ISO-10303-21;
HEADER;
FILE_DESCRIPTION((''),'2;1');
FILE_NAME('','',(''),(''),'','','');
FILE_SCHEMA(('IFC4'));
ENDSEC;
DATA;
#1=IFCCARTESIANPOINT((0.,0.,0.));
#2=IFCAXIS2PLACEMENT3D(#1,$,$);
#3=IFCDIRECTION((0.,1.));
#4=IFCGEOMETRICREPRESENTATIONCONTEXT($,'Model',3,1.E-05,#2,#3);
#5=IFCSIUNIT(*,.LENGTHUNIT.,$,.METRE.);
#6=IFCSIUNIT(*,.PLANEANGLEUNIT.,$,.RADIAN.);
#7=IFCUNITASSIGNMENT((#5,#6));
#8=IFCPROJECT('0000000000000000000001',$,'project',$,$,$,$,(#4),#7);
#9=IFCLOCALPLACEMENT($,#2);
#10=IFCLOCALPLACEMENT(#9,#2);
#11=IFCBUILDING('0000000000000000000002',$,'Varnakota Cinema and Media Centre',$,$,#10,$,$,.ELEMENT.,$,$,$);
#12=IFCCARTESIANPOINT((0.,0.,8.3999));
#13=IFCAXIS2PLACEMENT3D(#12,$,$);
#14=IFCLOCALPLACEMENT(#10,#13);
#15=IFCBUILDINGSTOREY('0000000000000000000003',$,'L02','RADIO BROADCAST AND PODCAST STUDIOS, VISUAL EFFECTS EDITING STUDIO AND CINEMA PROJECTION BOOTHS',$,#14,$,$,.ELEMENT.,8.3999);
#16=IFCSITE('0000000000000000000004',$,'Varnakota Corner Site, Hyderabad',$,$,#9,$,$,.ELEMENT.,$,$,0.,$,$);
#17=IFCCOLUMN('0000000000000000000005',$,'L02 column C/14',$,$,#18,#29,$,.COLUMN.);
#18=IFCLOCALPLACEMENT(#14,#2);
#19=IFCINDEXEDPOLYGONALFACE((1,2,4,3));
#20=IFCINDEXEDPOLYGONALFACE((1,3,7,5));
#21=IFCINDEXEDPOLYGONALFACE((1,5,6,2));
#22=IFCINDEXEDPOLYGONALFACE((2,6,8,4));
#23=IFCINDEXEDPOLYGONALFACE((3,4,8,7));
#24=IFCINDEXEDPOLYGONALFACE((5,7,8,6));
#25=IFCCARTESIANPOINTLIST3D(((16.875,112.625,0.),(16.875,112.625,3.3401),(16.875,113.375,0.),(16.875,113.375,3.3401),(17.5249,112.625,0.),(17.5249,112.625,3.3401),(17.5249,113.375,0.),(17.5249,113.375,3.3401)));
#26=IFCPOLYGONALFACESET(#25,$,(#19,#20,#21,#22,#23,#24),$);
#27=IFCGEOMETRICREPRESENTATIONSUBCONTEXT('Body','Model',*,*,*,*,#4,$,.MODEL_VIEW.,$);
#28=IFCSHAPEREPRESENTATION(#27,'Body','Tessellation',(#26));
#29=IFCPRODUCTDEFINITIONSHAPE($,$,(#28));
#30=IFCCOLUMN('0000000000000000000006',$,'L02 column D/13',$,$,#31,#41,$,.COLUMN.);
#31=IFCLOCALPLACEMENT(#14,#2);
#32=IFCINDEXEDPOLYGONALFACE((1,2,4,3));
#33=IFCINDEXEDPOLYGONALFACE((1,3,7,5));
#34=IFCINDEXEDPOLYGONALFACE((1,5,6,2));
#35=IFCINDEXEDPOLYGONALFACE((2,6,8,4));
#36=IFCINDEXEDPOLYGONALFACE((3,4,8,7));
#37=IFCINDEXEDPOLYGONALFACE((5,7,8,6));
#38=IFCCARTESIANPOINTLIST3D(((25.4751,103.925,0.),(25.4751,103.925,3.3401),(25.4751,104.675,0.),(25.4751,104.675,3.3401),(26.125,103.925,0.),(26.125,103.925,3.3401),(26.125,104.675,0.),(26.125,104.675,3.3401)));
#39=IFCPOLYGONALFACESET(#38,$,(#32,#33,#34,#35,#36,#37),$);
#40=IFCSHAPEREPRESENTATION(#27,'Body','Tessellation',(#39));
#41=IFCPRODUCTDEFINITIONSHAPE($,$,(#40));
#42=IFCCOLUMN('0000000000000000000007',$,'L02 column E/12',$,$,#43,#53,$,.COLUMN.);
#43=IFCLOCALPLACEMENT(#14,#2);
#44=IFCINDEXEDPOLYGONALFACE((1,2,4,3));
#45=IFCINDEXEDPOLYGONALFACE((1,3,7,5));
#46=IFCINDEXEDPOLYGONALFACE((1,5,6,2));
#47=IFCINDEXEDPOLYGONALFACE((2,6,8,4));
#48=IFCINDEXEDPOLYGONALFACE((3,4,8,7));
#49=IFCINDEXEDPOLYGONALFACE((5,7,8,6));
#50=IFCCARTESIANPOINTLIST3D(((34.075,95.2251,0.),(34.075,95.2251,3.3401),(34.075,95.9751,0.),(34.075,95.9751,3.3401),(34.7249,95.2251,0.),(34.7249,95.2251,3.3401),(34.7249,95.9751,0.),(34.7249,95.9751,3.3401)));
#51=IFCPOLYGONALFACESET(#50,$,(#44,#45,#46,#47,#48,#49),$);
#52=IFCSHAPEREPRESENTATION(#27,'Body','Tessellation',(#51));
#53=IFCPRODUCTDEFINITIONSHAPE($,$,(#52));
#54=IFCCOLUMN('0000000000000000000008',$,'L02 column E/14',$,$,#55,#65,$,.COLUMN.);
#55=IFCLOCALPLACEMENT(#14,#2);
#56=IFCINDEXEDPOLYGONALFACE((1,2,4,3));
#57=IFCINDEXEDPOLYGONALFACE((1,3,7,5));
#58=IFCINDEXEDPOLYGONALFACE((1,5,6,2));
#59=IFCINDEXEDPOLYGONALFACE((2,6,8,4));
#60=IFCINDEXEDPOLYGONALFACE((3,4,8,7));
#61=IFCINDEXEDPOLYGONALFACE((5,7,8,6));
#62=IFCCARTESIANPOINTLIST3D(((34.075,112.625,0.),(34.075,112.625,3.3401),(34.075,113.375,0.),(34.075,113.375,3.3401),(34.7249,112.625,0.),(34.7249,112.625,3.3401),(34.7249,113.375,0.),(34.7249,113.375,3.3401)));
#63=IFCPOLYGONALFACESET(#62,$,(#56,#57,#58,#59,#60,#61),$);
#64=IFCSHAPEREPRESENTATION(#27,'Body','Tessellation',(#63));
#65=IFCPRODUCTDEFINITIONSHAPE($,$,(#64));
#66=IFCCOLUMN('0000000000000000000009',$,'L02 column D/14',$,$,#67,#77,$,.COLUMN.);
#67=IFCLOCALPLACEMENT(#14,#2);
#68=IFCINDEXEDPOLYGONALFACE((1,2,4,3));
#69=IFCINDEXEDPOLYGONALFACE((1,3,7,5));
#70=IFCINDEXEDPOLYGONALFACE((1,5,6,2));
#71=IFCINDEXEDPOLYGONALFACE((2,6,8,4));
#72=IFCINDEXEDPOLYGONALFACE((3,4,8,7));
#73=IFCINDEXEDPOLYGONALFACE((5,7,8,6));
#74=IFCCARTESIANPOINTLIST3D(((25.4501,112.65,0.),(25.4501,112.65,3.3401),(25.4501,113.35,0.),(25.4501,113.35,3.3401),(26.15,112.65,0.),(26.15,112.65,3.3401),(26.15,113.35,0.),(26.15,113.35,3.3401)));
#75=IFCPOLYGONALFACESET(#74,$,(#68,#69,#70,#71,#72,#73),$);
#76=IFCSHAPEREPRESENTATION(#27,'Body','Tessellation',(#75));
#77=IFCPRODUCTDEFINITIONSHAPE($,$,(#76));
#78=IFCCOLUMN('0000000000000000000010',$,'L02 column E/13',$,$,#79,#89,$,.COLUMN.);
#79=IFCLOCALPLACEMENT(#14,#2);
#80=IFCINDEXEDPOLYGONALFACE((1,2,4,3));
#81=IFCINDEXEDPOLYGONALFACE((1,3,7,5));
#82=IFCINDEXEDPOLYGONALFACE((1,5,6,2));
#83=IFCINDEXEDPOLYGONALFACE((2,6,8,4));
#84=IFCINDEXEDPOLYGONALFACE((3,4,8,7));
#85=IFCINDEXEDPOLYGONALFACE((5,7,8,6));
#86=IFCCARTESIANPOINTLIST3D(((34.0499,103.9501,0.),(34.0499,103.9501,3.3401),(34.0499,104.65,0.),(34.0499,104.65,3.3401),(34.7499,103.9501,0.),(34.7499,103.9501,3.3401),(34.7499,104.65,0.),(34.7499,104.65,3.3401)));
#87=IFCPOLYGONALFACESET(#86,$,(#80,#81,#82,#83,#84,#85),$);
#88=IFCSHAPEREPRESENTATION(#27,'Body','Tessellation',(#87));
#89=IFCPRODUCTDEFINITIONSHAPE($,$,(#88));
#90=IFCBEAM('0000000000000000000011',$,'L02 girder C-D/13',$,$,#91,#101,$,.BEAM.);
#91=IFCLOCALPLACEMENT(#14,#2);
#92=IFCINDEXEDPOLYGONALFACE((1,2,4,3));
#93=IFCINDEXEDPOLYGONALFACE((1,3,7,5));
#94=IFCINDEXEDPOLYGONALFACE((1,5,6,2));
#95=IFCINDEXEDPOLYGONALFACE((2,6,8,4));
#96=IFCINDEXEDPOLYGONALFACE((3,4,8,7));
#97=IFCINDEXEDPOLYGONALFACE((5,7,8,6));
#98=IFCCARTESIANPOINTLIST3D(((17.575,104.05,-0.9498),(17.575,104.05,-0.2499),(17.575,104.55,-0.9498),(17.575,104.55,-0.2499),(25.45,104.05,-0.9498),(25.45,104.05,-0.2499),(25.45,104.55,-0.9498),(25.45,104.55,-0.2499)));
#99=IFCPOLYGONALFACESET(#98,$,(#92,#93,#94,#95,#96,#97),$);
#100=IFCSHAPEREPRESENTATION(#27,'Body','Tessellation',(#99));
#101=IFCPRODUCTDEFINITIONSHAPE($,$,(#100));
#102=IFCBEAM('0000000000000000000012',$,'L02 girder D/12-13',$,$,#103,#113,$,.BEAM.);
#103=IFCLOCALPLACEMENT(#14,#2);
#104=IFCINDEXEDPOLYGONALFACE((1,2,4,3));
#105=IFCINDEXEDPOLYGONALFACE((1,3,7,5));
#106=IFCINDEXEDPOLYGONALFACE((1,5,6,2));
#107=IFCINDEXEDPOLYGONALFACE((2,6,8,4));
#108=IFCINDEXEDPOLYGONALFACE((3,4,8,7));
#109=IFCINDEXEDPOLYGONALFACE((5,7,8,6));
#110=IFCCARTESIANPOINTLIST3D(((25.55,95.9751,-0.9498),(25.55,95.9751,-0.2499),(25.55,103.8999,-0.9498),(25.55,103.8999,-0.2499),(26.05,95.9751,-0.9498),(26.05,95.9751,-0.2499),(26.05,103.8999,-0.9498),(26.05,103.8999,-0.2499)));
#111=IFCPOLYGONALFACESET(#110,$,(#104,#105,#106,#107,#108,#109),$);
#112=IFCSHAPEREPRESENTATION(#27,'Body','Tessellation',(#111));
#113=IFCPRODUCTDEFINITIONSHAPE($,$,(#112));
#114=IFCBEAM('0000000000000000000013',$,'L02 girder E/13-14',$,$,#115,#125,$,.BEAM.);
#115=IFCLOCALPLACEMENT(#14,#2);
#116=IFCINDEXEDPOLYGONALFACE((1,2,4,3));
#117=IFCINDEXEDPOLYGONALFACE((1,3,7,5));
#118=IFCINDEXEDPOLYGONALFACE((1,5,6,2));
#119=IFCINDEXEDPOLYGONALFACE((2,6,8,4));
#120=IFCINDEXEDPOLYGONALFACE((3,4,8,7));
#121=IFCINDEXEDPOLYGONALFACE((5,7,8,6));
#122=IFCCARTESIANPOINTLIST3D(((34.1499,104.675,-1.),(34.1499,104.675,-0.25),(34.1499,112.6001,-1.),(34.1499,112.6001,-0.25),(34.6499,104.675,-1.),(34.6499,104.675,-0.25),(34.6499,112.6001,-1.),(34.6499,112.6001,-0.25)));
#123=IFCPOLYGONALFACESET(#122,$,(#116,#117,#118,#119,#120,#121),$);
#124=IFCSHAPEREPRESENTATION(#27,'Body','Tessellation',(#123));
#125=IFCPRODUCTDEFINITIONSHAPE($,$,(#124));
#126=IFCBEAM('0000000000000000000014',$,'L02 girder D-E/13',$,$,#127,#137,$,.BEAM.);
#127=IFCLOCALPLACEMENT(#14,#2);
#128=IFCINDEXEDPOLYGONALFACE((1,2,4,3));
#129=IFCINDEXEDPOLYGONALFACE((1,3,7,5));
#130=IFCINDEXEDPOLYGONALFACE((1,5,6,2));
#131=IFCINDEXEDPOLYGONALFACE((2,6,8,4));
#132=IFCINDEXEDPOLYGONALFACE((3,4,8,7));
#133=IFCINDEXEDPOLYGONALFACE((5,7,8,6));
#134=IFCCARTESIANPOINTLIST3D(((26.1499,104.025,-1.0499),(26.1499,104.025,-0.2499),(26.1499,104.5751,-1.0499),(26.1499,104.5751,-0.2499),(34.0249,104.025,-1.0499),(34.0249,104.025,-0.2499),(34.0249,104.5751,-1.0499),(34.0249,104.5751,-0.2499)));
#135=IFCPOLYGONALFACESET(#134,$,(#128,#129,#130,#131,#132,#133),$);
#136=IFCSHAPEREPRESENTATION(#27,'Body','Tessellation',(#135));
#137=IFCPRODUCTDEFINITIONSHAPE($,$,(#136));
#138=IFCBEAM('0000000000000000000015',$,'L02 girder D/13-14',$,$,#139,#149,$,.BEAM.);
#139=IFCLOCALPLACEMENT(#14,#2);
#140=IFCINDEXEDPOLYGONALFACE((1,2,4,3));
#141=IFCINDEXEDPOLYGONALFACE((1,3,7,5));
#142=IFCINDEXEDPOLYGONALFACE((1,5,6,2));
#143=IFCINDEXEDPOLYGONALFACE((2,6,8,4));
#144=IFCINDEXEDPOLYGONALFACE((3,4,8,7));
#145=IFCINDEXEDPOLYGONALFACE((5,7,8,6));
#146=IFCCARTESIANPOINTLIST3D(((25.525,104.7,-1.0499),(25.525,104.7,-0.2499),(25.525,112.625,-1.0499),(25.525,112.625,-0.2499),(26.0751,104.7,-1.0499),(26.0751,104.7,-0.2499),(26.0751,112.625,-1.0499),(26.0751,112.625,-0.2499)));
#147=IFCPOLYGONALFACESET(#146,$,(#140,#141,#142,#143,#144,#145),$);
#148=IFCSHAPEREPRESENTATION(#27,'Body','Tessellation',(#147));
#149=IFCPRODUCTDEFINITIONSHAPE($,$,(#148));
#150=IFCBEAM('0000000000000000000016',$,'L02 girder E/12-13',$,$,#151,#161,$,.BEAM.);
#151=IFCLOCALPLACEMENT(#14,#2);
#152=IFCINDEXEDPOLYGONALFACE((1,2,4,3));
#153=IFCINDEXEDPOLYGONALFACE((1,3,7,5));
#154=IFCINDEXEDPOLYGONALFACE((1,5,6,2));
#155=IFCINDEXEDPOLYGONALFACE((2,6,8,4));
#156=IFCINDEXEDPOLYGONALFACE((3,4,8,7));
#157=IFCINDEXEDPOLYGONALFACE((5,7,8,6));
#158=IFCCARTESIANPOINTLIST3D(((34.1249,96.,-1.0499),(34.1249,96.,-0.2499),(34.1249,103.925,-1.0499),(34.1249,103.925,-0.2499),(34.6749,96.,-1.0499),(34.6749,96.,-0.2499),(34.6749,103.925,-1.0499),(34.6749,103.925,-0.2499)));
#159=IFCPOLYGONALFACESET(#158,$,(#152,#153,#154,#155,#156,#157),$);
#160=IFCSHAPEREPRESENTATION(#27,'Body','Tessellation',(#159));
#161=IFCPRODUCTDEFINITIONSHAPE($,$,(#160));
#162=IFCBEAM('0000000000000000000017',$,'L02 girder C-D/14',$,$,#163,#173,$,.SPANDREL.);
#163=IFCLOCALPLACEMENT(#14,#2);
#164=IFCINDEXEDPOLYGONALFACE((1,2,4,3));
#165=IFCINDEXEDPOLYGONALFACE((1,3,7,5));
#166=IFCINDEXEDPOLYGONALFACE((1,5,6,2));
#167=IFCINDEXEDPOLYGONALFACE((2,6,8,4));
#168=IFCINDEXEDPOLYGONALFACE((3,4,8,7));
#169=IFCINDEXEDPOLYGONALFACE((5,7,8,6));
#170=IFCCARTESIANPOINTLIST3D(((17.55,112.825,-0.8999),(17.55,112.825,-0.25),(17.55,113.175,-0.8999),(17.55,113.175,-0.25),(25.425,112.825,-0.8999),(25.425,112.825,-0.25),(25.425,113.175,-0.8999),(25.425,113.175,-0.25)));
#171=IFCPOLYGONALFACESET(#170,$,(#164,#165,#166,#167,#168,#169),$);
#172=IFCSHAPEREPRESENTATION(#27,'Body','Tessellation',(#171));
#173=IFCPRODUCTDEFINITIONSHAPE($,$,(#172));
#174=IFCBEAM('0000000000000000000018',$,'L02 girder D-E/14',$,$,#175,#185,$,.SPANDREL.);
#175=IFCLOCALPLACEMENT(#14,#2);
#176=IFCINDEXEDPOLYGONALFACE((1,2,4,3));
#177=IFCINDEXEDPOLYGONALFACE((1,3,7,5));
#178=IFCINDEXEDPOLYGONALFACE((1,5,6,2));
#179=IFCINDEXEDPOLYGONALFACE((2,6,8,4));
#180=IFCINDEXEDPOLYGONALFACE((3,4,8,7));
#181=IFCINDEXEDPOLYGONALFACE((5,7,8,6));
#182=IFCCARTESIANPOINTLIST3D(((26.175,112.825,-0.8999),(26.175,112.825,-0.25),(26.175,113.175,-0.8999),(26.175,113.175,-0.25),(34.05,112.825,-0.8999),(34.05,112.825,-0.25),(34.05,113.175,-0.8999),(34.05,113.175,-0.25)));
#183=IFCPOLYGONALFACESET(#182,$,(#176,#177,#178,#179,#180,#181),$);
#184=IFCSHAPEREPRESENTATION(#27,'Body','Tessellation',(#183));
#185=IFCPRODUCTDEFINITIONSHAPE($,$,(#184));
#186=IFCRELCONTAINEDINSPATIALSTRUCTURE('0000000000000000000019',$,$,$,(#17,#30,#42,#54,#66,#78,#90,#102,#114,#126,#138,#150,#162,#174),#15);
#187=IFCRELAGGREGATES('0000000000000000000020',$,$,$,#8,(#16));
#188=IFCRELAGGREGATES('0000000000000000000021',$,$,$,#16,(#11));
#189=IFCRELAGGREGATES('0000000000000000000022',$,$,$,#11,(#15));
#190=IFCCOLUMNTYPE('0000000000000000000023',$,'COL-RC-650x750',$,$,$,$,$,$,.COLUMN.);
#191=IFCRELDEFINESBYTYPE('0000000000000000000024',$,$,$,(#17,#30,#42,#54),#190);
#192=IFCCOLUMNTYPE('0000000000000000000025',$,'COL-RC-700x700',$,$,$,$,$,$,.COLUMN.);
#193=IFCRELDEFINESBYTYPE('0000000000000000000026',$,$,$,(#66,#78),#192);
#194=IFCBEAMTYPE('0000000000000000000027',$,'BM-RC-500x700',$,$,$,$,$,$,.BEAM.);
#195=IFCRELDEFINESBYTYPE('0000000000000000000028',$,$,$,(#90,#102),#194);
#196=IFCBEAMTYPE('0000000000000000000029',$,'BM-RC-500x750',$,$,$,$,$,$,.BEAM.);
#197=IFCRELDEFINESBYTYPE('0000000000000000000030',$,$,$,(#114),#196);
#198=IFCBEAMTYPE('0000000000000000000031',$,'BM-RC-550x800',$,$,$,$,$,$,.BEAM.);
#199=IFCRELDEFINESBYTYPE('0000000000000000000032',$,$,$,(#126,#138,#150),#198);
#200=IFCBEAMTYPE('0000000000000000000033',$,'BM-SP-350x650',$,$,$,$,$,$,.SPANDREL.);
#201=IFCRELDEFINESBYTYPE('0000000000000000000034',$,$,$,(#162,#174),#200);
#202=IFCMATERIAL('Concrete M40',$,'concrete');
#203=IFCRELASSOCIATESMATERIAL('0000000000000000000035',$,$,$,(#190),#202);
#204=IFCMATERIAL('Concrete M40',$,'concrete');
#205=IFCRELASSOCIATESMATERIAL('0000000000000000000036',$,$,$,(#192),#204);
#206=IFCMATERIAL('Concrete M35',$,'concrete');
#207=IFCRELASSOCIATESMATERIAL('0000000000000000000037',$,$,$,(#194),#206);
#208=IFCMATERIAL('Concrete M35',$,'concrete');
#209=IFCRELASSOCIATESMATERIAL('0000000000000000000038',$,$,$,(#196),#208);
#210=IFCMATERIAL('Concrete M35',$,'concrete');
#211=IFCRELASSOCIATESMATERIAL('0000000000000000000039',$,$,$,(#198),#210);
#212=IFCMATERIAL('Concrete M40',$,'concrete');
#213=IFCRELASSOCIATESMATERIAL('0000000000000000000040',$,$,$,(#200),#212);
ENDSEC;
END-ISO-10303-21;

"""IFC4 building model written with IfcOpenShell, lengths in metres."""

from ifc_helpers import new_model, si_unit, direction, frame, origin, origin_2d, place, context, subcontext, project, spatial, rectangle, extrude, material, material_profile, profile_set, type_object, element, save


model = new_model("IFC4")

# Units and contexts
model_context = context("Model", 3, precision=1e-05, world=origin(), true_north=direction((0.0, 1.0)))
body_context = subcontext(model_context, "Body", "Model", "MODEL_VIEW")
ifc_project = project(units=[si_unit("LENGTHUNIT", "METRE"), si_unit("PLANEANGLEUNIT", "RADIAN")], contexts=[model_context])

# Site, building, storey
site_placement = place(None, origin())
site = spatial("IfcSite", under=ifc_project, at=site_placement, Name="Varnakota Corner Site, Hyderabad", CompositionType="ELEMENT", RefElevation=0.0)
building_placement = place(site_placement, origin())
building = spatial("IfcBuilding", under=site, at=building_placement, Name="Varnakota Cinema and Media Centre", CompositionType="ELEMENT")
storey_placement = place(building_placement, frame((0.0, 0.0, 8.3999)))
storey = spatial("IfcBuildingStorey", under=building, at=storey_placement, Name="L02", Description="RADIO BROADCAST AND PODCAST STUDIOS, VISUAL EFFECTS EDITING STUDIO AND CINEMA PROJECTION BOOTHS", CompositionType="ELEMENT", Elevation=8.3999)

# Columns
ifc_material_1 = material(Name="Concrete M40", Category="concrete")
ifc_material_profile_1 = material_profile(ifc_material_1, rectangle(XDim=0.6499, YDim=0.75, at=origin_2d()), Name="RC 650x750")
ifc_profile_set_1 = profile_set([ifc_material_profile_1], Name="Concrete M40")
column_type_1 = type_object("IfcColumnType", Name="COL-RC-650x750", PredefinedType="COLUMN", material=ifc_profile_set_1)
for number, where, z_axis, x_axis, name in (
    (1, (17.2, 113.0, 0.0), (0.0, 0.0, 1.0), (1.0, 0.0, 0.0), "L02 column C/14"),
    (2, (25.8, 104.3, 0.0), (0.0, 0.0, 1.0), (1.0, 0.0, 0.0), "L02 column D/13"),
    (3, (34.3999, 95.6001, 0.0), (0.0, 0.0, 1.0), (1.0, 0.0, 0.0), "L02 column E/12"),
    (4, (34.3999, 113.0, 0.0), (0.0, 0.0, 1.0), (1.0, 0.0, 0.0), "L02 column E/14"),
):
    element("IfcColumn", number, at=place(storey_placement, frame(where, z_axis=z_axis, x_axis=x_axis)), inside=storey, type_object=column_type_1, Name=name, PredefinedType="COLUMN", context=body_context, shape_type="SweptSolid", body=[
        extrude(rectangle(XDim=0.6499, YDim=0.75, at=origin_2d()), origin(), (0.0, 0.0, 1.0), 3.3401),
    ])
ifc_material_2 = material(Name="Concrete M40", Category="concrete")
ifc_material_profile_2 = material_profile(ifc_material_2, rectangle(XDim=0.7, YDim=0.7, at=origin_2d()), Name="RC 700x700")
ifc_profile_set_2 = profile_set([ifc_material_profile_2], Name="Concrete M40")
column_type_2 = type_object("IfcColumnType", Name="COL-RC-700x700", PredefinedType="COLUMN", material=ifc_profile_set_2)
for number, where, z_axis, x_axis, name in (
    (5, (25.8, 113.0, 0.0), (0.0, 0.0, 1.0), (1.0, 0.0, 0.0), "L02 column D/14"),
    (6, (34.3999, 104.3, 0.0), (0.0, 0.0, 1.0), (1.0, 0.0, 0.0), "L02 column E/13"),
):
    element("IfcColumn", number, at=place(storey_placement, frame(where, z_axis=z_axis, x_axis=x_axis)), inside=storey, type_object=column_type_2, Name=name, PredefinedType="COLUMN", context=body_context, shape_type="SweptSolid", body=[
        extrude(rectangle(XDim=0.7, YDim=0.7, at=origin_2d()), origin(), (0.0, 0.0, 1.0), 3.3401),
    ])

# Beams
ifc_material_3 = material(Name="Concrete M35", Category="concrete")
ifc_material_profile_3 = material_profile(ifc_material_3, rectangle(XDim=0.5, YDim=0.7, at=origin_2d()), Name="RCB 500x700")
ifc_profile_set_3 = profile_set([ifc_material_profile_3], Name="Concrete M35")
beam_type_1 = type_object("IfcBeamType", Name="BM-RC-500x700", PredefinedType="BEAM", material=ifc_profile_set_3)
beam_1_placement = place(storey_placement, frame((17.575, 104.3, -0.5999), z_axis=(1.0, 0.0, 0.0), x_axis=(0.0, 1.0, 0.0)))
element("IfcBeam", 7, at=beam_1_placement, inside=storey, type_object=beam_type_1, Name="L02 girder C-D/13", PredefinedType="BEAM", context=body_context, shape_type="SweptSolid", body=[
    extrude(rectangle(XDim=0.5, YDim=0.7, at=origin_2d()), origin(), (0.0, 0.0, 1.0), 7.875),
])
beam_2_placement = place(storey_placement, frame((25.8, 95.9751, -0.5999), z_axis=(0.0, 1.0, 0.0), x_axis=(-1.0, 0.0, 0.0)))
element("IfcBeam", 8, at=beam_2_placement, inside=storey, type_object=beam_type_1, Name="L02 girder D/12-13", PredefinedType="BEAM", context=body_context, shape_type="SweptSolid", body=[
    extrude(rectangle(XDim=0.5, YDim=0.7, at=origin_2d()), origin(), (0.0, 0.0, 1.0), 7.9248),
])
ifc_material_4 = material(Name="Concrete M35", Category="concrete")
ifc_material_profile_4 = material_profile(ifc_material_4, rectangle(XDim=0.5, YDim=0.75, at=origin_2d()), Name="RCB 500x750")
ifc_profile_set_4 = profile_set([ifc_material_profile_4], Name="Concrete M35")
beam_type_2 = type_object("IfcBeamType", Name="BM-RC-500x750", PredefinedType="BEAM", material=ifc_profile_set_4)
beam_3_placement = place(storey_placement, frame((34.3999, 104.675, -0.625), z_axis=(0.0, 1.0, 0.0), x_axis=(-1.0, 0.0, 0.0)))
element("IfcBeam", 9, at=beam_3_placement, inside=storey, type_object=beam_type_2, Name="L02 girder E/13-14", PredefinedType="BEAM", context=body_context, shape_type="SweptSolid", body=[
    extrude(rectangle(XDim=0.5, YDim=0.75, at=origin_2d()), origin(), (0.0, 0.0, 1.0), 7.925),
])
ifc_material_5 = material(Name="Concrete M35", Category="concrete")
ifc_material_profile_5 = material_profile(ifc_material_5, rectangle(XDim=0.55, YDim=0.8, at=origin_2d()), Name="RCB 550x800")
ifc_profile_set_5 = profile_set([ifc_material_profile_5], Name="Concrete M35")
beam_type_3 = type_object("IfcBeamType", Name="BM-RC-550x800", PredefinedType="BEAM", material=ifc_profile_set_5)
beam_4_placement = place(storey_placement, frame((26.1499, 104.3, -0.6499), z_axis=(1.0, 0.0, 0.0), x_axis=(0.0, 1.0, 0.0)))
element("IfcBeam", 10, at=beam_4_placement, inside=storey, type_object=beam_type_3, Name="L02 girder D-E/13", PredefinedType="BEAM", context=body_context, shape_type="SweptSolid", body=[
    extrude(rectangle(XDim=0.55, YDim=0.8, at=origin_2d()), origin(), (0.0, 0.0, 1.0), 7.875),
])
for number, where, z_axis, x_axis, name in (
    (11, (25.8, 104.7, -0.6499), (0.0, 1.0, 0.0), (-1.0, 0.0, 0.0), "L02 girder D/13-14"),
    (12, (34.3999, 96.0, -0.6499), (0.0, 1.0, 0.0), (-1.0, 0.0, 0.0), "L02 girder E/12-13"),
):
    element("IfcBeam", number, at=place(storey_placement, frame(where, z_axis=z_axis, x_axis=x_axis)), inside=storey, type_object=beam_type_3, Name=name, PredefinedType="BEAM", context=body_context, shape_type="SweptSolid", body=[
        extrude(rectangle(XDim=0.55, YDim=0.8, at=origin_2d()), origin(), (0.0, 0.0, 1.0), 7.925),
    ])
ifc_material_6 = material(Name="Concrete M40", Category="concrete")
ifc_material_profile_6 = material_profile(ifc_material_6, rectangle(XDim=0.3501, YDim=0.6499, at=origin_2d()), Name="RCB 350x650")
ifc_profile_set_6 = profile_set([ifc_material_profile_6], Name="Concrete M40")
beam_type_4 = type_object("IfcBeamType", Name="BM-SP-350x650", PredefinedType="SPANDREL", material=ifc_profile_set_6)
for number, where, z_axis, x_axis, name in (
    (13, (17.55, 113.0, -0.575), (1.0, 0.0, 0.0), (0.0, 1.0, 0.0), "L02 girder C-D/14"),
    (14, (26.175, 113.0, -0.575), (1.0, 0.0, 0.0), (0.0, 1.0, 0.0), "L02 girder D-E/14"),
):
    element("IfcBeam", number, at=place(storey_placement, frame(where, z_axis=z_axis, x_axis=x_axis)), inside=storey, type_object=beam_type_4, Name=name, PredefinedType="SPANDREL", context=body_context, shape_type="SweptSolid", body=[
        extrude(rectangle(XDim=0.3501, YDim=0.6499, at=origin_2d()), origin(), (0.0, 0.0, 1.0), 7.875),
    ])

save(model, "model.ifc")
